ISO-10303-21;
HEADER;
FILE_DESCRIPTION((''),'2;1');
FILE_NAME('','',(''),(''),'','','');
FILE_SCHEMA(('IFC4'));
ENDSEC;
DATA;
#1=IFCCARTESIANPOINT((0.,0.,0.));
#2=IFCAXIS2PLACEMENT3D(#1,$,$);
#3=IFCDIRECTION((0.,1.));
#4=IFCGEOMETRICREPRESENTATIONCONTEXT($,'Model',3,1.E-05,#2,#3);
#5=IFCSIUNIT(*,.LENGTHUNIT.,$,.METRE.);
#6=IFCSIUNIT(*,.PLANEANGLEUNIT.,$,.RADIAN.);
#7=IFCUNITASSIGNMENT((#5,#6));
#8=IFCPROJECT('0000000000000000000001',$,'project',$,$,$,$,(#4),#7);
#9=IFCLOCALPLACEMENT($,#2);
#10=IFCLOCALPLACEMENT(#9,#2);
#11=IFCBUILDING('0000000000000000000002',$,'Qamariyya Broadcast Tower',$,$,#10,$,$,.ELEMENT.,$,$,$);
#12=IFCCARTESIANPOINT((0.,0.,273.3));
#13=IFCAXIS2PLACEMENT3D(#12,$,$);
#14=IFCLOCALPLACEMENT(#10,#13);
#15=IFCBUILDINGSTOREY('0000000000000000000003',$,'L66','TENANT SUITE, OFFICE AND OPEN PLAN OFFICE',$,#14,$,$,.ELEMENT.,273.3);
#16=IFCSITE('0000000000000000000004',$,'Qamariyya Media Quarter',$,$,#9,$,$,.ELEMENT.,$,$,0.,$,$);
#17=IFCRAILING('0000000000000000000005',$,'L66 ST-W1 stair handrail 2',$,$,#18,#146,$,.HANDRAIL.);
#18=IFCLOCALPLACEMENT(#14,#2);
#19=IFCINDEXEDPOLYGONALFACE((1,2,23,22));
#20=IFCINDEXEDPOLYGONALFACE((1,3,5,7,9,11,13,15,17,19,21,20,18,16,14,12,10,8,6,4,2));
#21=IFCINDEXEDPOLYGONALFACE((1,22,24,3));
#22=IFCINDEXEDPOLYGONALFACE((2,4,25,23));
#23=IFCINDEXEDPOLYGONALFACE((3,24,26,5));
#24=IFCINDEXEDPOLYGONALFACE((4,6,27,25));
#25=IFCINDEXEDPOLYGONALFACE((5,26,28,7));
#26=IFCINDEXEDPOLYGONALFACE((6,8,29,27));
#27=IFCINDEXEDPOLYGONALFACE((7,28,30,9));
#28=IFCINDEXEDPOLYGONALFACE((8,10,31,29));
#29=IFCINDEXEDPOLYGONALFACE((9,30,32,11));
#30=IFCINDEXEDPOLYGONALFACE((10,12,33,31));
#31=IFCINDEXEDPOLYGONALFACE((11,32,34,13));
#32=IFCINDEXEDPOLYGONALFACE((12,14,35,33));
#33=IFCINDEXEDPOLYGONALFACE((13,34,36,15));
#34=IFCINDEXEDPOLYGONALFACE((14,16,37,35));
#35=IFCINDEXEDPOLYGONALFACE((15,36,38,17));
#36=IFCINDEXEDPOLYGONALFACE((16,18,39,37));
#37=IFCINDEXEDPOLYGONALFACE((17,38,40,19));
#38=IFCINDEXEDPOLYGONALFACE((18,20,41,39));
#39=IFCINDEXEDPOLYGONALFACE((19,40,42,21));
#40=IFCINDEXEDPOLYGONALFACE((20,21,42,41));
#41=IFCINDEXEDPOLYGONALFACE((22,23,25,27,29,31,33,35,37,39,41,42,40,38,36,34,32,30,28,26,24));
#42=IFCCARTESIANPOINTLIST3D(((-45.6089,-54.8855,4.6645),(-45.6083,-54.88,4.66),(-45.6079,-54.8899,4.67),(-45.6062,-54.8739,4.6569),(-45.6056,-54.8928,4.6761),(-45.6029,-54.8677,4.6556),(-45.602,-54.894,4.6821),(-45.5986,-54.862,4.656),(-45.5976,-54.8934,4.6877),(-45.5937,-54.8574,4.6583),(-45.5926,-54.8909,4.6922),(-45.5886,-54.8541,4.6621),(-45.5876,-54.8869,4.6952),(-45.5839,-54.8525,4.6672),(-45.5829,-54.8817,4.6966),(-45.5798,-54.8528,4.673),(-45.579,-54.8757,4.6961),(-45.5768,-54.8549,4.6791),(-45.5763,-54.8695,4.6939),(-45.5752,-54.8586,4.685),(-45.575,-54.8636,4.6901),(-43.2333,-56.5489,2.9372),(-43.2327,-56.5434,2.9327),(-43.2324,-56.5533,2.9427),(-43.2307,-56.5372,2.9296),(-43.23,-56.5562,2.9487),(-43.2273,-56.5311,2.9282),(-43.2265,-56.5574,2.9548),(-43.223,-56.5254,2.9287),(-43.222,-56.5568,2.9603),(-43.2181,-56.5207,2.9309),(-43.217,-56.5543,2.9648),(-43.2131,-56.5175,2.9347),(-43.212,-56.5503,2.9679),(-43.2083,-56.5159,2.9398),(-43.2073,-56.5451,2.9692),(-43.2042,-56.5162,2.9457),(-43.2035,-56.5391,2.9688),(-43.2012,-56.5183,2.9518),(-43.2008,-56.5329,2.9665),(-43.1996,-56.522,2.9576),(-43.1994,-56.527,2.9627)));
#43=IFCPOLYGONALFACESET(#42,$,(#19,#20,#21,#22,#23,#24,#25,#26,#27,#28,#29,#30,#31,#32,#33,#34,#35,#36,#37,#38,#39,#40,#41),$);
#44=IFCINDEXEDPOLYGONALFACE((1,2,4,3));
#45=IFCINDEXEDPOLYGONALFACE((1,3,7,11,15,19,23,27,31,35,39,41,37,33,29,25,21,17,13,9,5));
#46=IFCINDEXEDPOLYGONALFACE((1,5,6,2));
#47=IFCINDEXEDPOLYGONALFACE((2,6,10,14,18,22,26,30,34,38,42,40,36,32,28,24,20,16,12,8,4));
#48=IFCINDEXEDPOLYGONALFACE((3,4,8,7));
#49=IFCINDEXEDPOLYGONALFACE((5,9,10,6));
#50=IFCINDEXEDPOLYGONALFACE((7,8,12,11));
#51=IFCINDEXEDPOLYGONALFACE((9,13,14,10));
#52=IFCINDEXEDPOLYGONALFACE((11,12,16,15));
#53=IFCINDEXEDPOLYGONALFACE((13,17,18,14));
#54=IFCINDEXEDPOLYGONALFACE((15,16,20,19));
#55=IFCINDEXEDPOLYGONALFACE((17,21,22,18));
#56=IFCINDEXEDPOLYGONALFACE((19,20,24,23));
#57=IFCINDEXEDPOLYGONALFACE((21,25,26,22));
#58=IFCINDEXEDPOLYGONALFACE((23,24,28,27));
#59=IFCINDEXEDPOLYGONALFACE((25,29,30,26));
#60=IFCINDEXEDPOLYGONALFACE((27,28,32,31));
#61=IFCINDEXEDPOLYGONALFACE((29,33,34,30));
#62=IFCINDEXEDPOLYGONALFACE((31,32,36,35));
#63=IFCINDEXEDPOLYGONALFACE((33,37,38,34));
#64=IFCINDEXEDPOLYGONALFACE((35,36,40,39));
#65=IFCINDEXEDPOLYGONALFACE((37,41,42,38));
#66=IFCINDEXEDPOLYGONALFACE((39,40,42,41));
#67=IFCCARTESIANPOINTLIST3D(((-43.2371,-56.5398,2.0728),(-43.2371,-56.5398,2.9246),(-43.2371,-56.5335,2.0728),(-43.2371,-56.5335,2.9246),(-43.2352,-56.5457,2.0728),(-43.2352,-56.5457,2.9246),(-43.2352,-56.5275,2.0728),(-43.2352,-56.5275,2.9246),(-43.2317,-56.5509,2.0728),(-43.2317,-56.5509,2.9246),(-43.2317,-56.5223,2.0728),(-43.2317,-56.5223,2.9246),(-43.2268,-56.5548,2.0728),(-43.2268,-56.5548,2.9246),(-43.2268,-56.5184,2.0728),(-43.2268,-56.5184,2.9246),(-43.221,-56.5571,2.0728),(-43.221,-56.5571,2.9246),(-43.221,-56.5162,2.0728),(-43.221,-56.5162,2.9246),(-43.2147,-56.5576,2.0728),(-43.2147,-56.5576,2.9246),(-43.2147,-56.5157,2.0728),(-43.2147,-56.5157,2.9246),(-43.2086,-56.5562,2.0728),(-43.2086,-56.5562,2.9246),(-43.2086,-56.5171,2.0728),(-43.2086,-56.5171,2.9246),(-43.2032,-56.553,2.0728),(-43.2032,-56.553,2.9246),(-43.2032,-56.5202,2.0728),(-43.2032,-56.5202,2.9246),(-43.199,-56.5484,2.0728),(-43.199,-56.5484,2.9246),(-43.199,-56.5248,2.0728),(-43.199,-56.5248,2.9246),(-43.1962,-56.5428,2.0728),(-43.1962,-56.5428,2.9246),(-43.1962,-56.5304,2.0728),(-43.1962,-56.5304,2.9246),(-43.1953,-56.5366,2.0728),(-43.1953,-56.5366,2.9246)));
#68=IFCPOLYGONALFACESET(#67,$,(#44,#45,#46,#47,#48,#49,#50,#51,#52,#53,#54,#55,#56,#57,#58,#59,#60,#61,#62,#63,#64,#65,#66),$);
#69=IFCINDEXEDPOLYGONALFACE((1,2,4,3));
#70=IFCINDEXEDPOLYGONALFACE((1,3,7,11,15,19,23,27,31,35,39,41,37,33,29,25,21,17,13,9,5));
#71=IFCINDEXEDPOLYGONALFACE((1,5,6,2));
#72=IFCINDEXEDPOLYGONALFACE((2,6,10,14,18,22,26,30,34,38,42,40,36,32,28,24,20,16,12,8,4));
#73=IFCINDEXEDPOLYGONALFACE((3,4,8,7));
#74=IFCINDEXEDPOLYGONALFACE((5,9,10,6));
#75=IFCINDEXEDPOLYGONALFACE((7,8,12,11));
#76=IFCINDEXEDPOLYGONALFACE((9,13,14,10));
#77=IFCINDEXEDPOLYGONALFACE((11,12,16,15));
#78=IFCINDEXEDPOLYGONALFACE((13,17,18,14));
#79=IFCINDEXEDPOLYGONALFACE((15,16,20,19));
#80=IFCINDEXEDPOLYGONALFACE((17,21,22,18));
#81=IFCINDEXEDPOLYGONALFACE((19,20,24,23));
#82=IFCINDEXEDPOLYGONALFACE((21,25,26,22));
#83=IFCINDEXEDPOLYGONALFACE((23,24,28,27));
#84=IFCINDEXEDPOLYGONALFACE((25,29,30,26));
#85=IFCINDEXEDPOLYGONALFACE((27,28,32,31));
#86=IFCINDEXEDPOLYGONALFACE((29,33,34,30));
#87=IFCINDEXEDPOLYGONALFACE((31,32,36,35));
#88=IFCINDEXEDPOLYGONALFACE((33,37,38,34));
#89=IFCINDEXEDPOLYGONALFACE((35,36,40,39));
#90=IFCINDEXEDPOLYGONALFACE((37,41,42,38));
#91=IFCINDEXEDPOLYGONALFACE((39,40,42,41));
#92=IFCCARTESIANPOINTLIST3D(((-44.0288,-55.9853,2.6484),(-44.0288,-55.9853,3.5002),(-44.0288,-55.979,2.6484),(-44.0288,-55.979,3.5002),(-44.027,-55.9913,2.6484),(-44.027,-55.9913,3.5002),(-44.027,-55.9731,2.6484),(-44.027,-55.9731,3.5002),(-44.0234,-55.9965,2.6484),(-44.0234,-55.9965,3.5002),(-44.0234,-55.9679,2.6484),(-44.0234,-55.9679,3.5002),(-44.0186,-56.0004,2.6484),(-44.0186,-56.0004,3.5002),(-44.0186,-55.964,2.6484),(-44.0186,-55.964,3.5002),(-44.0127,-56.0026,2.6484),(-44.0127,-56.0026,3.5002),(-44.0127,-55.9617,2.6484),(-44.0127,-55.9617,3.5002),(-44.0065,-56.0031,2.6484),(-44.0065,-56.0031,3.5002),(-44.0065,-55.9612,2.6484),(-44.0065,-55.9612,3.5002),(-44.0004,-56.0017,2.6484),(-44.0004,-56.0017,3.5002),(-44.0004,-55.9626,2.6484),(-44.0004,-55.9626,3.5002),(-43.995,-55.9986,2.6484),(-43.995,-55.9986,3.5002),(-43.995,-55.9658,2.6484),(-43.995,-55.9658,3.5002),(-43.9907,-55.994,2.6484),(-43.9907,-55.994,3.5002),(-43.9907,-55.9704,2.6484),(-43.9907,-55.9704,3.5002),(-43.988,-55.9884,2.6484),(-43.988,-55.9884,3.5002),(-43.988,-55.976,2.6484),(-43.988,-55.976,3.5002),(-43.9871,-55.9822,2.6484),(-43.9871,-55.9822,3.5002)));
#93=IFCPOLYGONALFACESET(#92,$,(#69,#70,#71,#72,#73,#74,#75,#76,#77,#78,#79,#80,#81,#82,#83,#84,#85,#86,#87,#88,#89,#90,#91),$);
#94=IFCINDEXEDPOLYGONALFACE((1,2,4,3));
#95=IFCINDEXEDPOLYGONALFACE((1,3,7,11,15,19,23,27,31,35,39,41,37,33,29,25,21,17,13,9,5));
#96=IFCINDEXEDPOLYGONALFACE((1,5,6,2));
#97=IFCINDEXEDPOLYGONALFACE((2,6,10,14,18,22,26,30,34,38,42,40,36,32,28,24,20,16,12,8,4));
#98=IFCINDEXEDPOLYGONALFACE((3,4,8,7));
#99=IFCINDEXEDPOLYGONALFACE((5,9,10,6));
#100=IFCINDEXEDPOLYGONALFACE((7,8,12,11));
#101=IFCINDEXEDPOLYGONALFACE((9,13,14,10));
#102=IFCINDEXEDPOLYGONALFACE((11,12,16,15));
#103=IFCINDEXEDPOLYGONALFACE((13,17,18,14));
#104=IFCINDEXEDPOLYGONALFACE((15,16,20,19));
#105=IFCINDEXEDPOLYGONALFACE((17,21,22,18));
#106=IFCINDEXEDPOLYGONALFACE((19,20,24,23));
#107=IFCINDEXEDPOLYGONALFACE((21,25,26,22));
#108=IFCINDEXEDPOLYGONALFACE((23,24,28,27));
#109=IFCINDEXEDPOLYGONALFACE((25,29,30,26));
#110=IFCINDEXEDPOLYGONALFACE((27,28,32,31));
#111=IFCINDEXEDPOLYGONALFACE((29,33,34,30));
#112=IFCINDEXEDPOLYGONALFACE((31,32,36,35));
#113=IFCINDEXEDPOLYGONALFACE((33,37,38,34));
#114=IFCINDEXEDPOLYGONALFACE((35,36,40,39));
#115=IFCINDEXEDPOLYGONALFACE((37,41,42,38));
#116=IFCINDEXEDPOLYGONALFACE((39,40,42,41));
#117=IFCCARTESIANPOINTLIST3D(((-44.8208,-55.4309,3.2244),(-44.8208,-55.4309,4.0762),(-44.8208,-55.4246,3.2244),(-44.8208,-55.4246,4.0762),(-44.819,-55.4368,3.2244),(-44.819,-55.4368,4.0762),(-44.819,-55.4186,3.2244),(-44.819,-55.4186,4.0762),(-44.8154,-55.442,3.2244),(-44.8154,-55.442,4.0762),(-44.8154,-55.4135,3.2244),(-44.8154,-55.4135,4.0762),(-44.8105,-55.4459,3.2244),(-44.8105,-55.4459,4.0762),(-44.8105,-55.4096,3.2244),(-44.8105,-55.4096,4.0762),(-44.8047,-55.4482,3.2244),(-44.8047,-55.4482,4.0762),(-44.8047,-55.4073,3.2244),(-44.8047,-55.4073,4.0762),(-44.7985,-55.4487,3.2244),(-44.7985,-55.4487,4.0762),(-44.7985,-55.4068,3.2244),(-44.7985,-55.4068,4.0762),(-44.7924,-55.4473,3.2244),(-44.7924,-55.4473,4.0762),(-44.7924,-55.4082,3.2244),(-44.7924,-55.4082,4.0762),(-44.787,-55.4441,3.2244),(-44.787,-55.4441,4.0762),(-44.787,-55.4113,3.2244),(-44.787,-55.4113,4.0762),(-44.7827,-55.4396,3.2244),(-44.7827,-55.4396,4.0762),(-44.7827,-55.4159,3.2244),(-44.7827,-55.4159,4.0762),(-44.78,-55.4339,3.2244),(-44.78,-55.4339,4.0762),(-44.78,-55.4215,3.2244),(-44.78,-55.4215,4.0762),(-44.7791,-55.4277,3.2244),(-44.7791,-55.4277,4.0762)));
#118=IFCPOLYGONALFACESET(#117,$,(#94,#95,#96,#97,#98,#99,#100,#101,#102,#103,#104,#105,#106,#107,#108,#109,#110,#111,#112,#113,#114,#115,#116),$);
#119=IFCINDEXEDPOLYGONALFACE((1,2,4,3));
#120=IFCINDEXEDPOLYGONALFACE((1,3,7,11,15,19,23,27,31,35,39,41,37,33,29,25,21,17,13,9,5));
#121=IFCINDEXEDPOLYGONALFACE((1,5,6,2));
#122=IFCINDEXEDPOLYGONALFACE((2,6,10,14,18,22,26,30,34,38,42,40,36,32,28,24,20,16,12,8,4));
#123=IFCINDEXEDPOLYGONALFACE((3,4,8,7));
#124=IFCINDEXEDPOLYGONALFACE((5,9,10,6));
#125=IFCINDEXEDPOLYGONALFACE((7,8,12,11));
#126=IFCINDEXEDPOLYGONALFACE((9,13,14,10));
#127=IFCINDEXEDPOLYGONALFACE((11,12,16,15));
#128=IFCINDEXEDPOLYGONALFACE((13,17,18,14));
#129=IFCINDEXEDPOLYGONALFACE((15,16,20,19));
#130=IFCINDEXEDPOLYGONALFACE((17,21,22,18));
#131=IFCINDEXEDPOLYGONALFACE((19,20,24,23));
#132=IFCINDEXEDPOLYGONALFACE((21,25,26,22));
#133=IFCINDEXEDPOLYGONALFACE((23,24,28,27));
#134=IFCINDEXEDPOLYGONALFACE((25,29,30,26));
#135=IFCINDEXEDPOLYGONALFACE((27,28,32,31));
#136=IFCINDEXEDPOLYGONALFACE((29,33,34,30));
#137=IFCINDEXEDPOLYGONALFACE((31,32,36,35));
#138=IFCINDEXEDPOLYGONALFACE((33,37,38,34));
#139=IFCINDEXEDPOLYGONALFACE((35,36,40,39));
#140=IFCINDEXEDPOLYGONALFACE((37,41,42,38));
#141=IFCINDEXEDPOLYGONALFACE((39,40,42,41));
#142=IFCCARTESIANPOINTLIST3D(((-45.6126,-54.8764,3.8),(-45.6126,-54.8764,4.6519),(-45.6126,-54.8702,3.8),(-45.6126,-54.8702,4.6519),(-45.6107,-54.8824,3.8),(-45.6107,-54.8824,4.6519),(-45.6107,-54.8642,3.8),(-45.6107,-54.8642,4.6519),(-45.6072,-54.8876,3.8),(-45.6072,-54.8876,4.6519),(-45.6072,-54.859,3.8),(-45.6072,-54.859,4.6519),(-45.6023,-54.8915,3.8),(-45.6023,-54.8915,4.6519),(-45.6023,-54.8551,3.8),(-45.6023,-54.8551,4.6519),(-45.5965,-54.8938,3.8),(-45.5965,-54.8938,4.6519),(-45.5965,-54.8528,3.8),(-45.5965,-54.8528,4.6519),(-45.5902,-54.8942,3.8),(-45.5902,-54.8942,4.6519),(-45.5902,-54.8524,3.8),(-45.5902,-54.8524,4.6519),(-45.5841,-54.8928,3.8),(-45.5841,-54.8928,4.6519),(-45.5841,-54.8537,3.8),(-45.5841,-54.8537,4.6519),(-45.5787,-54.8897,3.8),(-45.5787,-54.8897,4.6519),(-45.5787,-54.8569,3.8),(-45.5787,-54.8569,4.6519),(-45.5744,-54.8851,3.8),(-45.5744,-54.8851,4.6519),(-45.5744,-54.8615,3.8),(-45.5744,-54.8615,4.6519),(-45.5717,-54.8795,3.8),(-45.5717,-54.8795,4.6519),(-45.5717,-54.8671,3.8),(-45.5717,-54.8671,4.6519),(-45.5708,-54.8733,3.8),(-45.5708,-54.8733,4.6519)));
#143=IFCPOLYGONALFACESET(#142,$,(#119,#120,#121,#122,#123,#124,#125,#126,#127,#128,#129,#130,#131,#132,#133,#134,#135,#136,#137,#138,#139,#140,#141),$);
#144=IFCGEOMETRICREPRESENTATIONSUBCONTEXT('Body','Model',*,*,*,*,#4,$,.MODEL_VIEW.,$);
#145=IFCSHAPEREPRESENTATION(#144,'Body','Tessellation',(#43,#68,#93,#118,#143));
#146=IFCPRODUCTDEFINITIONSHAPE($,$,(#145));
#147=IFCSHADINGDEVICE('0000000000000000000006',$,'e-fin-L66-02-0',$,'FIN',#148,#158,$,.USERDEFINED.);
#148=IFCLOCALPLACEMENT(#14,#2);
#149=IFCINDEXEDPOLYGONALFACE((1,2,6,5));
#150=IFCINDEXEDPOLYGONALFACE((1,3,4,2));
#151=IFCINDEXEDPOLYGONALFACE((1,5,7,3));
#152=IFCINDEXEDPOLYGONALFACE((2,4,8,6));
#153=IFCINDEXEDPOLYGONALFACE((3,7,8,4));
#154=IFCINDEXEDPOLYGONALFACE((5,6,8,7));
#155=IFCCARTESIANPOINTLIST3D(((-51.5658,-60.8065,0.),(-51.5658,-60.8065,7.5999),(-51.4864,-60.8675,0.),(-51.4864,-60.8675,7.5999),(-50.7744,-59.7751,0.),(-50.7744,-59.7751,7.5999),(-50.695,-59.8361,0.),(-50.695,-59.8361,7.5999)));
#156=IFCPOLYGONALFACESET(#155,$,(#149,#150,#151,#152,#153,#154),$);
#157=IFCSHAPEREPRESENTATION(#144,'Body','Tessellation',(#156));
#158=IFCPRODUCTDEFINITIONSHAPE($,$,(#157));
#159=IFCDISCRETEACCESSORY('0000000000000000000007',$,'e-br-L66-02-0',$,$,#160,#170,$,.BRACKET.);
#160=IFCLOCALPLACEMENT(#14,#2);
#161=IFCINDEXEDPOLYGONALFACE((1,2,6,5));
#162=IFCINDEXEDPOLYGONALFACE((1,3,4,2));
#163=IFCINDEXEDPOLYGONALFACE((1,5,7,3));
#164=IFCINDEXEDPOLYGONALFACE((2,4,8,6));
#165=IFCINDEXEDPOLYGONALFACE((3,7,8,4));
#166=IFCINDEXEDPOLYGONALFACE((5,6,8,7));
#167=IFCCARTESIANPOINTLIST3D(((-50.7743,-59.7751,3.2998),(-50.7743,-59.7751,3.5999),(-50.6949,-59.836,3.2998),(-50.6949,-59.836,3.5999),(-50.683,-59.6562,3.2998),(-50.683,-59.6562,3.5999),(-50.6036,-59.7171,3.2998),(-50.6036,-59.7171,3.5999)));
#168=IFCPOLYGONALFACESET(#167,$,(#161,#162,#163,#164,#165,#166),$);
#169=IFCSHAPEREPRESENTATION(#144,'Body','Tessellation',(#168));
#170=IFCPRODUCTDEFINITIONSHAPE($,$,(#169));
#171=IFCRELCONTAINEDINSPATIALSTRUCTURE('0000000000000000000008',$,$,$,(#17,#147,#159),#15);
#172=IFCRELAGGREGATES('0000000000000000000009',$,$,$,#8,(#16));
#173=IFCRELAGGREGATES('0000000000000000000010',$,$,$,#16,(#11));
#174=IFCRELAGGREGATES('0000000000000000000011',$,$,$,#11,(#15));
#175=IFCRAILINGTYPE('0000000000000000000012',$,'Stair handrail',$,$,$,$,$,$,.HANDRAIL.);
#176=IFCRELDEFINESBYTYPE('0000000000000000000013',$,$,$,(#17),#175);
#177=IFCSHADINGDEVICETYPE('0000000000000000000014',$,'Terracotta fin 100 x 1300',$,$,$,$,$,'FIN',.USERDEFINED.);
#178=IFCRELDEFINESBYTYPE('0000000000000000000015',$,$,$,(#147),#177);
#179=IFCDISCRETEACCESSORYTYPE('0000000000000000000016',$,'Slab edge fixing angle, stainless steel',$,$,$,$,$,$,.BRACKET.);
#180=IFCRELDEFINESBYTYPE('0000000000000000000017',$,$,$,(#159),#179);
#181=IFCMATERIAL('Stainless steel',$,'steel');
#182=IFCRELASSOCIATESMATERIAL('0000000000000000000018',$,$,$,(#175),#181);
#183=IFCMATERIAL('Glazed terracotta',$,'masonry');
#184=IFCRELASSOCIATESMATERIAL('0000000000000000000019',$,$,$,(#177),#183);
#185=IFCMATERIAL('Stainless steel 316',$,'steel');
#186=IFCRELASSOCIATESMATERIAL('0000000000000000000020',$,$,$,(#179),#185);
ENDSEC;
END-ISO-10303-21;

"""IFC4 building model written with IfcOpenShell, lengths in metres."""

from ifc_helpers import new_model, si_unit, direction, frame, origin, origin_2d, place, context, subcontext, project, spatial, rectangle, circle, extrude, material, material_profile, profile_set, type_object, element, save


model = new_model("IFC4")

# Units and contexts
model_context = context("Model", 3, precision=1e-05, world=origin(), true_north=direction((0.0, 1.0)))
body_context = subcontext(model_context, "Body", "Model", "MODEL_VIEW")
ifc_project = project(units=[si_unit("LENGTHUNIT", "METRE"), si_unit("PLANEANGLEUNIT", "RADIAN")], contexts=[model_context])

# Site, building, storey
site_placement = place(None, origin())
site = spatial("IfcSite", under=ifc_project, at=site_placement, Name="Qamariyya Media Quarter", CompositionType="ELEMENT", RefElevation=0.0)
building_placement = place(site_placement, origin())
building = spatial("IfcBuilding", under=site, at=building_placement, Name="Qamariyya Broadcast Tower", CompositionType="ELEMENT")
storey_placement = place(building_placement, frame((0.0, 0.0, 273.3)))
storey = spatial("IfcBuildingStorey", under=building, at=storey_placement, Name="L66", Description="TENANT SUITE, OFFICE AND OPEN PLAN OFFICE", CompositionType="ELEMENT", Elevation=273.3)

# Railing
ifc_material_1 = material(Name="Stainless steel", Category="steel")
railing_type_1 = type_object("IfcRailingType", Name="Stair handrail", PredefinedType="HANDRAIL", material=ifc_material_1)
railing_1_placement = place(storey_placement, frame((-43.2163, -56.5366, 2.0728)))
element("IfcRailing", 1, at=railing_1_placement, inside=storey, type_object=railing_type_1, Name="L66 ST-W1 stair handrail 2", PredefinedType="HANDRAIL", context=body_context, shape_type="SweptSolid", body=[
    extrude(circle(Radius=0.0239, at=origin_2d()), frame((0.0, 0.0, 0.876), z_axis=(-0.70377, 0.492784, 0.511734), x_axis=(-0.573575, -0.819153, 0.0)), (0.0, 0.0, 1.0), 3.3755),
    extrude(circle(Radius=0.021, at=origin_2d()), origin(), (0.0, 0.0, 1.0), 0.8518),
    extrude(circle(Radius=0.021, at=origin_2d()), frame((-0.7917, 0.5544, 0.5757)), (0.0, 0.0, 1.0), 0.8518),
    extrude(circle(Radius=0.021, at=origin_2d()), frame((-1.5837, 1.1089, 1.1516)), (0.0, 0.0, 1.0), 0.8518),
    extrude(circle(Radius=0.021, at=origin_2d()), frame((-2.3755, 1.6633, 1.7273)), (0.0, 0.0, 1.0), 0.8518),
])

# Shading device
ifc_material_2 = material(Name="Glazed terracotta", Category="masonry")
ifc_material_profile_1 = material_profile(ifc_material_2, rectangle(XDim=1.3, YDim=0.1001, at=origin_2d()))
ifc_profile_set_1 = profile_set([ifc_material_profile_1], Name="Glazed terracotta")
shading_device_type = type_object("IfcShadingDeviceType", Name="Terracotta fin 100 x 1300", ElementType="FIN", PredefinedType="USERDEFINED", material=ifc_profile_set_1)
shading_device_placement = place(storey_placement, frame((-51.1304, -60.3213, 0.0), z_axis=(0.0, 0.0, 1.0), x_axis=(-0.608761, -0.793353, 0.0)))
element("IfcShadingDevice", 2, at=shading_device_placement, inside=storey, type_object=shading_device_type, Name="e-fin-L66-02-0", ObjectType="FIN", PredefinedType="USERDEFINED", context=body_context, shape_type="SweptSolid", body=[
    extrude(rectangle(XDim=1.3, YDim=0.1001, at=origin_2d()), origin(), (0.0, 0.0, 1.0), 7.5999),
])

# Discrete accessory
ifc_material_3 = material(Name="Stainless steel 316", Category="steel")
discrete_accessory_type = type_object("IfcDiscreteAccessoryType", Name="Slab edge fixing angle, stainless steel", PredefinedType="BRACKET", material=ifc_material_3)
discrete_accessory_placement = place(storey_placement, frame((-50.689, -59.7461, 3.2998), z_axis=(0.0, 0.0, 1.0), x_axis=(0.793353, -0.608761, 0.0)))
element("IfcDiscreteAccessory", 3, at=discrete_accessory_placement, inside=storey, type_object=discrete_accessory_type, Name="e-br-L66-02-0", PredefinedType="BRACKET", context=body_context, shape_type="SweptSolid", body=[
    extrude(rectangle(XDim=0.1001, YDim=0.1499, at=origin_2d()), origin(), (0.0, 0.0, 1.0), 0.3),
])

save(model, "model.ifc")
